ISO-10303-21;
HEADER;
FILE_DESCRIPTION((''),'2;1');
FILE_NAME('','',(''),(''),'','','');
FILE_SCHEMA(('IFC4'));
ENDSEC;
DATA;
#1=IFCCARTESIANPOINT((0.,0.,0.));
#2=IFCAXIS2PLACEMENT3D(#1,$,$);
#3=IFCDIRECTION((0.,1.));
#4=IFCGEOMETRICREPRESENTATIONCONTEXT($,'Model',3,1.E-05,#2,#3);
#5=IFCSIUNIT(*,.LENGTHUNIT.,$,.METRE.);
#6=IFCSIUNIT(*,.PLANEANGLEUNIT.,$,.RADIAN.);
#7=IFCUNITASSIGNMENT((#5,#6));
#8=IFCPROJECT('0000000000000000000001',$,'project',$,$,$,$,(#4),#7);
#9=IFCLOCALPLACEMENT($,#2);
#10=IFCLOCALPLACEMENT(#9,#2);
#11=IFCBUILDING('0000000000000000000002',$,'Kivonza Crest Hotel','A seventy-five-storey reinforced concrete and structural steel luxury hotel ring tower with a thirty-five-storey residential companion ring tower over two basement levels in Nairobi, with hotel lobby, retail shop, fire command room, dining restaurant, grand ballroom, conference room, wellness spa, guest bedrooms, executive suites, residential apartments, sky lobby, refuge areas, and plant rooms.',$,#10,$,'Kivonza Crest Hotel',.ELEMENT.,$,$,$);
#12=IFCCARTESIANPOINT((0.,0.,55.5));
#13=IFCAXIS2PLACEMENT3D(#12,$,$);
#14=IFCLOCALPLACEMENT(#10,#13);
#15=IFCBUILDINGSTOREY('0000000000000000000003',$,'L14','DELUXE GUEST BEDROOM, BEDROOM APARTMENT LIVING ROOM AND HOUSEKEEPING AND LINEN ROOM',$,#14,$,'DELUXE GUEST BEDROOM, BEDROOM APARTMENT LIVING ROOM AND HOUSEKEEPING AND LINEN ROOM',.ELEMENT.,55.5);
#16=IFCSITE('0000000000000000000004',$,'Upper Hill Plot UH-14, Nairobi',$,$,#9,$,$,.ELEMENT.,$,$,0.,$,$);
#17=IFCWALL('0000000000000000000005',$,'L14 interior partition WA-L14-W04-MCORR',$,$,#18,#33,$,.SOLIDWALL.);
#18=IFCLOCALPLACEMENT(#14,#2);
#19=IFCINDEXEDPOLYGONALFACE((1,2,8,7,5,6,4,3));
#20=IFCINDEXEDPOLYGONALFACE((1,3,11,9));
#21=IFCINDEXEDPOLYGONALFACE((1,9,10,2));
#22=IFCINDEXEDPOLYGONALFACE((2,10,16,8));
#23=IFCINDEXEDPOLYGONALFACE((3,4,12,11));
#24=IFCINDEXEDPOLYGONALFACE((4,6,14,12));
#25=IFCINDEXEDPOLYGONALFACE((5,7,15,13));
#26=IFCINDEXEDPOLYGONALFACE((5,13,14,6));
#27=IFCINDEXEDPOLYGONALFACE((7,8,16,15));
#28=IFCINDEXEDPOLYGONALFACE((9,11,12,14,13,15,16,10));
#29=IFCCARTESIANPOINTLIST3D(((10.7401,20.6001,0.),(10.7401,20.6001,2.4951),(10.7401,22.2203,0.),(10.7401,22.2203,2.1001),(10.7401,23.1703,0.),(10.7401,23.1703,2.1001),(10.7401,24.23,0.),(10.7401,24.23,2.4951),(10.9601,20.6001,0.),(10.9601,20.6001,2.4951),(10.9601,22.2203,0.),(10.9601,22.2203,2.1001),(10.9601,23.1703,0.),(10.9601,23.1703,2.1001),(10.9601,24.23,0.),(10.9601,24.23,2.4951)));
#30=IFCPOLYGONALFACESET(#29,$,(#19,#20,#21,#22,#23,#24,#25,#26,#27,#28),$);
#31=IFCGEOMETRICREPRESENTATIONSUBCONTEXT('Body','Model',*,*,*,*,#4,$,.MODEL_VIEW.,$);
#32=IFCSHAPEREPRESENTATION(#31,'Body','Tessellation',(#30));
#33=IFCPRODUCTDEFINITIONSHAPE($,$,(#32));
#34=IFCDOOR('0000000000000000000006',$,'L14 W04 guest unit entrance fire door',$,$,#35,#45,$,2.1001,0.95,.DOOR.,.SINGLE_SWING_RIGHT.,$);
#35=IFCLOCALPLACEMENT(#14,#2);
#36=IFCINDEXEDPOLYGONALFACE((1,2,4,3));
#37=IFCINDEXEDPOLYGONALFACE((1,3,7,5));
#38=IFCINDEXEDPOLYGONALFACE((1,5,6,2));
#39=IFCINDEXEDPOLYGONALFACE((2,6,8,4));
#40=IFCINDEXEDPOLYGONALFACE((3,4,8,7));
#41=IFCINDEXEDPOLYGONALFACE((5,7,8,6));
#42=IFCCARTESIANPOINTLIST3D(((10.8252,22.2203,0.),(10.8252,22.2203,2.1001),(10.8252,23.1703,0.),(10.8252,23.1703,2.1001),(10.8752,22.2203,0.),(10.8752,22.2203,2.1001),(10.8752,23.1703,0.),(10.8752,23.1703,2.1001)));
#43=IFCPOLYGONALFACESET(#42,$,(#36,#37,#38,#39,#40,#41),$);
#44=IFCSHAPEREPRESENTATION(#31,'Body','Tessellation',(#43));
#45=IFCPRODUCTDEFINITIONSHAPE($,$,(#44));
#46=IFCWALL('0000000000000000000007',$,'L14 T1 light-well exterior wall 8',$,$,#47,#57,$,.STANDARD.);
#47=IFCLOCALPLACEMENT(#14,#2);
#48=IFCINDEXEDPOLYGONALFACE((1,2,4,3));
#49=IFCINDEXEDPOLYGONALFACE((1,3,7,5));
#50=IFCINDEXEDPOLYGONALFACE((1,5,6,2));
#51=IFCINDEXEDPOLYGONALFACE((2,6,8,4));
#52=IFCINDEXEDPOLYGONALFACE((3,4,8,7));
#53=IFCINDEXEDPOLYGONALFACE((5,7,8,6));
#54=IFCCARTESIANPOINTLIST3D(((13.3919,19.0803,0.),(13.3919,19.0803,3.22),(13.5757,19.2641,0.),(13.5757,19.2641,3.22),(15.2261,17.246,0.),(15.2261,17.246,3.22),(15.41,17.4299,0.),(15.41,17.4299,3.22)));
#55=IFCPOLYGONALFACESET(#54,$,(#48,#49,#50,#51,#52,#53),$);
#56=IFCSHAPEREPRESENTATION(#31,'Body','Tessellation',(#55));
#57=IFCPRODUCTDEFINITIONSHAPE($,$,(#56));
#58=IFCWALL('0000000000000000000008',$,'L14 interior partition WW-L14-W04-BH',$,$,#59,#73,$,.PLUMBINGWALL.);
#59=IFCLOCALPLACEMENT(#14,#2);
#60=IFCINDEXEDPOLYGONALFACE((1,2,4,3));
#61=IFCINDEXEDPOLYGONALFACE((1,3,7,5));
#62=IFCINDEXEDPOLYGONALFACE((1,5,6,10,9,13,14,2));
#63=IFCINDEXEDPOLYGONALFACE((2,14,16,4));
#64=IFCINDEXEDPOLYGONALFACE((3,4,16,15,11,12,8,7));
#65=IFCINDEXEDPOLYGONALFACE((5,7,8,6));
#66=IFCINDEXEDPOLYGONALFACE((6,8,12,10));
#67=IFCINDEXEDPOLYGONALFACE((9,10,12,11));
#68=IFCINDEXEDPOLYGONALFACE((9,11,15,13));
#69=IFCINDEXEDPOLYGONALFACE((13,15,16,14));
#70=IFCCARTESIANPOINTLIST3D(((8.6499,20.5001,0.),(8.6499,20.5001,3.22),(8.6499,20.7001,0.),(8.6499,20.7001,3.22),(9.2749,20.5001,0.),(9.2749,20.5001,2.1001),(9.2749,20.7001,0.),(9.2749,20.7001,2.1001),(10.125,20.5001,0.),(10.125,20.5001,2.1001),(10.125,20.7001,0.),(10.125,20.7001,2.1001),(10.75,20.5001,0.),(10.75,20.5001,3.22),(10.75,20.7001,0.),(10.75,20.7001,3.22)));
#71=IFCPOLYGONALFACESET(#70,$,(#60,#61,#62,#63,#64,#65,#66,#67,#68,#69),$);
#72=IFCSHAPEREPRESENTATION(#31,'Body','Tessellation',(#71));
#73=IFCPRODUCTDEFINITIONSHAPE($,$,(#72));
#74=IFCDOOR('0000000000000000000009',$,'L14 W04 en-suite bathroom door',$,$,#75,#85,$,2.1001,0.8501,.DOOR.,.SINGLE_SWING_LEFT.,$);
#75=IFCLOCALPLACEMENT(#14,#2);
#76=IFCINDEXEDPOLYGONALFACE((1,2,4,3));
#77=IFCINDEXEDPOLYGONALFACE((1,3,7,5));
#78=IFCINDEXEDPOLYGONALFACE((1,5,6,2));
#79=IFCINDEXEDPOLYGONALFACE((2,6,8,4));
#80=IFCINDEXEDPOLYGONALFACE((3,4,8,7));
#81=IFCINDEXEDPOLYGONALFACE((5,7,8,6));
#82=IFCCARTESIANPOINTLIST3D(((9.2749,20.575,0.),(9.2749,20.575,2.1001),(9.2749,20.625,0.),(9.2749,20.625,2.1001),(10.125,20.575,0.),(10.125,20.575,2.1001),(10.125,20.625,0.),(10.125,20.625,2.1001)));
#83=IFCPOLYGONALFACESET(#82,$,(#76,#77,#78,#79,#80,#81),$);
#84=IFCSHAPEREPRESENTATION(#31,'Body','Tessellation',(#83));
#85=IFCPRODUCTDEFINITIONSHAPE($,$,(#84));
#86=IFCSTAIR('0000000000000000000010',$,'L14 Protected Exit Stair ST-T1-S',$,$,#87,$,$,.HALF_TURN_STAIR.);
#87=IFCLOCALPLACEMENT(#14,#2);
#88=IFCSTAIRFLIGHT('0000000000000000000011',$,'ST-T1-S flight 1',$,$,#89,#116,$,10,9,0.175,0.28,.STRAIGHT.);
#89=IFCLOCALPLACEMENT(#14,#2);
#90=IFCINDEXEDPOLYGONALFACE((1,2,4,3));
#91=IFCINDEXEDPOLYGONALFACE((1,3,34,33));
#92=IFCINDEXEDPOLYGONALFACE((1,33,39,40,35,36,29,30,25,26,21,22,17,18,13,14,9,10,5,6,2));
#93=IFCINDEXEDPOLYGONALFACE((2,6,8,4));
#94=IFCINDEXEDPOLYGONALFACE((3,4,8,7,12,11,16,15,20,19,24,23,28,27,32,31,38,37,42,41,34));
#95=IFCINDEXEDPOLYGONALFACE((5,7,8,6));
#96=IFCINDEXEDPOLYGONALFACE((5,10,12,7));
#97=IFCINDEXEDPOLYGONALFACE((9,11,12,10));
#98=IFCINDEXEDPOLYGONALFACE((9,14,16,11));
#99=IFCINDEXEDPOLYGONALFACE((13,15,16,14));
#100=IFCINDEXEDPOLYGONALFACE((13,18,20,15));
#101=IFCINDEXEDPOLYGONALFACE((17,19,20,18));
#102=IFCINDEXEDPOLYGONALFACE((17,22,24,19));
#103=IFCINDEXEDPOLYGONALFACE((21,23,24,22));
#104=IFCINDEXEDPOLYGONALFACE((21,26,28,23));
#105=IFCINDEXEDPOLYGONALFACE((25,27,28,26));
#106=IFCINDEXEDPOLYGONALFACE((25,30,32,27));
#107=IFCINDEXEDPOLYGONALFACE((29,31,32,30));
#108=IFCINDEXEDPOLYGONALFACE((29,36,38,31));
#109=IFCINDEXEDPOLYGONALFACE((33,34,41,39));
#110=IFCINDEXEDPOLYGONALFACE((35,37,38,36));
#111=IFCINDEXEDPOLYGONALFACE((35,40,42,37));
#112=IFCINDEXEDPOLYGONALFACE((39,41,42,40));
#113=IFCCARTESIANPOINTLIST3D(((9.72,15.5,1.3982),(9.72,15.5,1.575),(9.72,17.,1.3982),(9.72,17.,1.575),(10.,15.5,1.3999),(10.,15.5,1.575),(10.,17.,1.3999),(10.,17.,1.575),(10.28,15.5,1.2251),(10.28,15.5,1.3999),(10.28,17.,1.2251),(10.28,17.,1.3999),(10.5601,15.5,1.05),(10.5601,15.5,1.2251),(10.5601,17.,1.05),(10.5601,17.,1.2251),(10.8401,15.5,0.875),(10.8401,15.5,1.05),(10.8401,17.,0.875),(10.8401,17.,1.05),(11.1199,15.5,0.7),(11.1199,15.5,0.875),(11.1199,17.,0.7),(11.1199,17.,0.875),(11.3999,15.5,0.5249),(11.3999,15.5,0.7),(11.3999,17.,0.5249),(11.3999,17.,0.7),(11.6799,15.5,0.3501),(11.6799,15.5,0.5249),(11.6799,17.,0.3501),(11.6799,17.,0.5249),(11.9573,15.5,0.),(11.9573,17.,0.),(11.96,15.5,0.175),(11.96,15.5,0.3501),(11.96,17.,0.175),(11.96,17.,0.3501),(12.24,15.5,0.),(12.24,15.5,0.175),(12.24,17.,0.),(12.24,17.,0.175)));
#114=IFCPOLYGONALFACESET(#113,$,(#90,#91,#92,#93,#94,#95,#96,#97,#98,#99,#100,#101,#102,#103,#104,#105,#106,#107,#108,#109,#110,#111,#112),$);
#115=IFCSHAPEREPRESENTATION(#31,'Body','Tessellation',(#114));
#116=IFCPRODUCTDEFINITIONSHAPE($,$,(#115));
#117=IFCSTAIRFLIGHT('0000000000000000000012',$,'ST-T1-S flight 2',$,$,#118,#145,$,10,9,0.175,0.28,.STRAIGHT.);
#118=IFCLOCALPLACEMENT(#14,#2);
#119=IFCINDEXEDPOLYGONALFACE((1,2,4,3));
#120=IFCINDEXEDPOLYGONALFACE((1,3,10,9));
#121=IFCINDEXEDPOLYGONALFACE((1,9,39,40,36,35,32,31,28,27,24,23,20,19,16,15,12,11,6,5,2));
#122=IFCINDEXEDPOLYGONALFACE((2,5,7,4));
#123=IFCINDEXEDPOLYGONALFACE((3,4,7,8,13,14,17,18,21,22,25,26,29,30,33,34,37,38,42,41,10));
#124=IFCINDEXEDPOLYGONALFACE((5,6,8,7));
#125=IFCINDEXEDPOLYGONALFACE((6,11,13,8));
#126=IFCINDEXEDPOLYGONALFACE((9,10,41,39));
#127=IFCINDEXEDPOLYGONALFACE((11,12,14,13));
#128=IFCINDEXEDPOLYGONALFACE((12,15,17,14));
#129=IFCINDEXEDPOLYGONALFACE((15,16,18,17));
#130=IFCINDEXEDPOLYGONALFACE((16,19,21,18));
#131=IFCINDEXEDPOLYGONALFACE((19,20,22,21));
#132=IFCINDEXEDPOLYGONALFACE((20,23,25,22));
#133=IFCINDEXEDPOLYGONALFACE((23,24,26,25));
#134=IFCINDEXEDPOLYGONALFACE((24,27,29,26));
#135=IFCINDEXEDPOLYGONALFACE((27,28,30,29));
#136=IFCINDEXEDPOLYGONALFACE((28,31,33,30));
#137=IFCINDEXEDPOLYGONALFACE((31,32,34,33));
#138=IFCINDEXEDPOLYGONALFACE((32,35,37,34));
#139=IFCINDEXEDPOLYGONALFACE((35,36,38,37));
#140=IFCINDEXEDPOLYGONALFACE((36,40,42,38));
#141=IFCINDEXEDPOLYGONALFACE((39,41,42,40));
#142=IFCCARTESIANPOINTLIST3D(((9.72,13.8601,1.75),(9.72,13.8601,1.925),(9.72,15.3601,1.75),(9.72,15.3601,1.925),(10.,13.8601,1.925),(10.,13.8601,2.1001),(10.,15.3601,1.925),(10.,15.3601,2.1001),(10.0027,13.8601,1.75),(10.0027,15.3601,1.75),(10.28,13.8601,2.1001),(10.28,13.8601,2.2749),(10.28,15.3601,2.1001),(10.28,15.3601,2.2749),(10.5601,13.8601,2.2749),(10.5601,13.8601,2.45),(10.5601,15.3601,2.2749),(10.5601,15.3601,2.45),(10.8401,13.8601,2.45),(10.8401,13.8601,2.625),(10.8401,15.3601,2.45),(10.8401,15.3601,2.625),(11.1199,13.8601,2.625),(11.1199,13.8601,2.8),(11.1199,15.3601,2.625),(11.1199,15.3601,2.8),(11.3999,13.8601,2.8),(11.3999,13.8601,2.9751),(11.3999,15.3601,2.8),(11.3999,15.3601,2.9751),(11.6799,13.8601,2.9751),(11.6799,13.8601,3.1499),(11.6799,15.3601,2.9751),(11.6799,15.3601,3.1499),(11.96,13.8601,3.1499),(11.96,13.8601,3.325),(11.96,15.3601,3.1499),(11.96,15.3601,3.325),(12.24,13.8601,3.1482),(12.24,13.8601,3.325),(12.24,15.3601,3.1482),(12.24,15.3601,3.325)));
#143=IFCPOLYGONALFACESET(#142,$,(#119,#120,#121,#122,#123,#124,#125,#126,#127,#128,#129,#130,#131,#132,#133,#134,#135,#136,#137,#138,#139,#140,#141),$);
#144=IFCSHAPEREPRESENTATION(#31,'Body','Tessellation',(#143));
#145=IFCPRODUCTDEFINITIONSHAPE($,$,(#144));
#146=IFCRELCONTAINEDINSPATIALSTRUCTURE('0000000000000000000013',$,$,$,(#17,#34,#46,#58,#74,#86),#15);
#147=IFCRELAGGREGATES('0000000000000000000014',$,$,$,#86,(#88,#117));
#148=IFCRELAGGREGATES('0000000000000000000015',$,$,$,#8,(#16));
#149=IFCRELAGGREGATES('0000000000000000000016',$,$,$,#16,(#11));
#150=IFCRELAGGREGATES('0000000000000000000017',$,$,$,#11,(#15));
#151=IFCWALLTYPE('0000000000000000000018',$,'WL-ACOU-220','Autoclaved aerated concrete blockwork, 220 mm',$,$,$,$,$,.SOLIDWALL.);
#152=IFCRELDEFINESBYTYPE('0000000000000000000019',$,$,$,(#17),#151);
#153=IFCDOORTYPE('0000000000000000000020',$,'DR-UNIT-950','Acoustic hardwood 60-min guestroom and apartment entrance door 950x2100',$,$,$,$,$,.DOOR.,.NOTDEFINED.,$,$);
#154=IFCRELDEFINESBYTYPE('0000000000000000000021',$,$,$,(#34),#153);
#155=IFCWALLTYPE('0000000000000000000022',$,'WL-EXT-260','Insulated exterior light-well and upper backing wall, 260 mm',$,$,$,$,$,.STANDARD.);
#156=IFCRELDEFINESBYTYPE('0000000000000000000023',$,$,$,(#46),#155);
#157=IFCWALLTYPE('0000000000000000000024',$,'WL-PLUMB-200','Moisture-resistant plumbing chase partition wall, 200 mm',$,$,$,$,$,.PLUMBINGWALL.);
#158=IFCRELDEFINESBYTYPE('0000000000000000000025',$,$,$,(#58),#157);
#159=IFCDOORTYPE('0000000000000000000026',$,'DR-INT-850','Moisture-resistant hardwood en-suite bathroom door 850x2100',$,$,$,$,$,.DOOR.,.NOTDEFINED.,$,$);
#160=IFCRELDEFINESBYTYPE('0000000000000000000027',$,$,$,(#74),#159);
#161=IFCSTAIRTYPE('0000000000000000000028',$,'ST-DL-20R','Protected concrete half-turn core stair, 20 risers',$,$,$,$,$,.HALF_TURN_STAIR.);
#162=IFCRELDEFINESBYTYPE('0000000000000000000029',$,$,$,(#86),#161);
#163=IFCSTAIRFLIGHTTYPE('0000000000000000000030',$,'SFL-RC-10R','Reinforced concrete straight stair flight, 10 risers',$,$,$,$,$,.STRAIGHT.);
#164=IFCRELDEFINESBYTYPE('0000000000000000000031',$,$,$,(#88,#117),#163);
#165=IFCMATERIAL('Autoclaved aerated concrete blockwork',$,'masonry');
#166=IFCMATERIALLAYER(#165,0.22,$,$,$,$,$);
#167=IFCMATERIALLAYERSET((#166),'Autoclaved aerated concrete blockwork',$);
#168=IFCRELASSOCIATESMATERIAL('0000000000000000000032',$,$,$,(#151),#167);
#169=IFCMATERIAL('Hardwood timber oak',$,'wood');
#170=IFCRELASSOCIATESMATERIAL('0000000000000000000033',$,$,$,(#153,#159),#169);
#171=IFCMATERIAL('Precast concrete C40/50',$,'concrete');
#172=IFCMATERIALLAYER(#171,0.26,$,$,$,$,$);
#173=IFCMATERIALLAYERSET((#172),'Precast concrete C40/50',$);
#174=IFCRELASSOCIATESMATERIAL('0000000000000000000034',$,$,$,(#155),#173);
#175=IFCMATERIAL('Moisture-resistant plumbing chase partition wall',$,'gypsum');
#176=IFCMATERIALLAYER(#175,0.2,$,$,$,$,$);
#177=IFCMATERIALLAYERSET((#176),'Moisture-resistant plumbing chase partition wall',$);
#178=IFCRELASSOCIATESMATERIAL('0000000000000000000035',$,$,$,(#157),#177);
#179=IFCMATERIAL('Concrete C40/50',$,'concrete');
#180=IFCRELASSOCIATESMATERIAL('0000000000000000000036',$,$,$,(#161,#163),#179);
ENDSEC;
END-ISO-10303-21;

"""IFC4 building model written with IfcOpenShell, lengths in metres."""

from ifc_helpers import new_model, si_unit, direction, frame, frame_2d, origin, place, context, subcontext, project, spatial, polyline, rectangle, outline, extrude, material, layer, layer_set, type_object, element, fill, aggregate, save


model = new_model("IFC4")

# Units and contexts
model_context = context("Model", 3, precision=1e-05, world=origin(), true_north=direction((0.0, 1.0)))
body_context = subcontext(model_context, "Body", "Model", "MODEL_VIEW")
ifc_project = project(units=[si_unit("LENGTHUNIT", "METRE"), si_unit("PLANEANGLEUNIT", "RADIAN")], contexts=[model_context])

# Site, building, storey
site_placement = place(None, origin())
site = spatial("IfcSite", under=ifc_project, at=site_placement, Name="Upper Hill Plot UH-14, Nairobi", CompositionType="ELEMENT", RefElevation=0.0)
building_placement = place(site_placement, origin())
building = spatial("IfcBuilding", under=site, at=building_placement, Name="Kivonza Crest Hotel", Description="A seventy-five-storey reinforced concrete and structural steel luxury hotel ring tower with a thirty-five-storey residential companion ring tower over two basement levels in Nairobi, with hotel lobby, retail shop, fire command room, dining restaurant, grand ballroom, conference room, wellness spa, guest bedrooms, executive suites, residential apartments, sky lobby, refuge areas, and plant rooms.", LongName="Kivonza Crest Hotel", CompositionType="ELEMENT")
storey_placement = place(building_placement, frame((0.0, 0.0, 55.5)))
storey = spatial("IfcBuildingStorey", under=building, at=storey_placement, Name="L14", Description="DELUXE GUEST BEDROOM, BEDROOM APARTMENT LIVING ROOM AND HOUSEKEEPING AND LINEN ROOM", LongName="DELUXE GUEST BEDROOM, BEDROOM APARTMENT LIVING ROOM AND HOUSEKEEPING AND LINEN ROOM", CompositionType="ELEMENT", Elevation=55.5)

# Shared definitions
ifc_material_1 = material(Name="Autoclaved aerated concrete blockwork", Category="masonry")
ifc_layer_1 = layer(ifc_material_1, 0.22)
ifc_layer_set_1 = layer_set([ifc_layer_1], Name="Autoclaved aerated concrete blockwork")
wall_type_1 = type_object("IfcWallType", Name="WL-ACOU-220", Description="Autoclaved aerated concrete blockwork, 220 mm", PredefinedType="SOLIDWALL", material=ifc_layer_set_1)
ifc_material_2 = material(Name="Hardwood timber oak", Category="wood")

# Wall, opening, door
wall_1_placement = place(storey_placement, frame((10.8501, 20.6001, 0.0), z_axis=(0.0, 0.0, 1.0), x_axis=(0.0, 1.0, 0.0)))
wall_1 = element("IfcWall", 1, at=wall_1_placement, inside=storey, type_object=wall_type_1, Name="L14 interior partition WA-L14-W04-MCORR", PredefinedType="SOLIDWALL", context=body_context, shape_type="SweptSolid", body=[
    extrude(rectangle(XDim=3.6299, YDim=0.22, at=frame_2d((1.8149, 0.0))), origin(), (0.0, 0.0, 1.0), 2.4951),
])
opening_1_placement = place(wall_1_placement, frame((1.6201, 0.0, 0.0)))
opening_1 = element("IfcOpeningElement", 2, at=opening_1_placement, cuts=wall_1, PredefinedType="OPENING", context=body_context, shape_type="SweptSolid", body=[
    extrude(rectangle(XDim=0.95, YDim=2.1001, at=frame_2d((0.4751, 1.05))), frame((0.0, 0.1201, 0.0), z_axis=(0.0, -1.0, 0.0), x_axis=(1.0, 0.0, 0.0)), (0.0, 0.0, 1.0), 0.24),
])
door_type_1 = type_object("IfcDoorType", Name="DR-UNIT-950", Description="Acoustic hardwood 60-min guestroom and apartment entrance door 950x2100", OperationType="NOTDEFINED", PredefinedType="DOOR", material=ifc_material_2)
door_1_placement = place(opening_1_placement, origin())
door_1 = element("IfcDoor", 3, at=door_1_placement, inside=storey, type_object=door_type_1, Name="L14 W04 guest unit entrance fire door", OperationType="SINGLE_SWING_RIGHT", OverallHeight=2.1001, OverallWidth=0.95, PredefinedType="DOOR", context=body_context, shape_type="SweptSolid", body=[
    extrude(rectangle(XDim=0.95, YDim=2.1001, at=frame_2d((0.4751, 1.05))), frame((0.0, 0.0249, 0.0), z_axis=(0.0, -1.0, 0.0), x_axis=(1.0, 0.0, 0.0)), (0.0, 0.0, 1.0), 0.05),
])
fill(opening_1, door_1)

# Wall
ifc_material_3 = material(Name="Precast concrete C40/50", Category="concrete")
ifc_layer_2 = layer(ifc_material_3, 0.26)
ifc_layer_set_2 = layer_set([ifc_layer_2], Name="Precast concrete C40/50")
wall_type_2 = type_object("IfcWallType", Name="WL-EXT-260", Description="Insulated exterior light-well and upper backing wall, 260 mm", PredefinedType="STANDARD", material=ifc_layer_set_2)
wall_2_placement = place(storey_placement, frame((13.4839, 19.1721, 0.0), z_axis=(0.0, 0.0, 1.0), x_axis=(0.707107, -0.707107, 0.0)))
element("IfcWall", 4, at=wall_2_placement, inside=storey, type_object=wall_type_2, Name="L14 T1 light-well exterior wall 8", PredefinedType="STANDARD", context=body_context, shape_type="SweptSolid", body=[
    extrude(rectangle(XDim=2.594, YDim=0.26, at=frame_2d((1.2969, 0.0))), origin(), (0.0, 0.0, 1.0), 3.22),
])

# Wall, opening, door
ifc_material_4 = material(Name="Moisture-resistant plumbing chase partition wall", Category="gypsum")
ifc_layer_3 = layer(ifc_material_4, 0.2)
ifc_layer_set_3 = layer_set([ifc_layer_3], Name="Moisture-resistant plumbing chase partition wall")
wall_type_3 = type_object("IfcWallType", Name="WL-PLUMB-200", Description="Moisture-resistant plumbing chase partition wall, 200 mm", PredefinedType="PLUMBINGWALL", material=ifc_layer_set_3)
wall_3_placement = place(storey_placement, frame((8.6499, 20.6001, 0.0), z_axis=(0.0, 0.0, 1.0), x_axis=(1.0, 0.0, 0.0)))
wall_3 = element("IfcWall", 5, at=wall_3_placement, inside=storey, type_object=wall_type_3, Name="L14 interior partition WW-L14-W04-BH", PredefinedType="PLUMBINGWALL", context=body_context, shape_type="SweptSolid", body=[
    extrude(rectangle(XDim=2.1001, YDim=0.2, at=frame_2d((1.05, 0.0))), origin(), (0.0, 0.0, 1.0), 3.22),
])
opening_2_placement = place(wall_3_placement, frame((0.625, 0.0, 0.0)))
opening_2 = element("IfcOpeningElement", 6, at=opening_2_placement, cuts=wall_3, PredefinedType="OPENING", context=body_context, shape_type="SweptSolid", body=[
    extrude(rectangle(XDim=0.8501, YDim=2.1001, at=frame_2d((0.425, 1.05))), frame((0.0, 0.1099, 0.0), z_axis=(0.0, -1.0, 0.0), x_axis=(1.0, 0.0, 0.0)), (0.0, 0.0, 1.0), 0.22),
])
door_type_2 = type_object("IfcDoorType", Name="DR-INT-850", Description="Moisture-resistant hardwood en-suite bathroom door 850x2100", OperationType="NOTDEFINED", PredefinedType="DOOR", material=ifc_material_2)
door_2_placement = place(opening_2_placement, origin())
door_2 = element("IfcDoor", 7, at=door_2_placement, inside=storey, type_object=door_type_2, Name="L14 W04 en-suite bathroom door", OperationType="SINGLE_SWING_LEFT", OverallHeight=2.1001, OverallWidth=0.8501, PredefinedType="DOOR", context=body_context, shape_type="SweptSolid", body=[
    extrude(rectangle(XDim=0.8501, YDim=2.1001, at=frame_2d((0.425, 1.05))), frame((0.0, 0.0249, 0.0), z_axis=(0.0, -1.0, 0.0), x_axis=(1.0, 0.0, 0.0)), (0.0, 0.0, 1.0), 0.05),
])
fill(opening_2, door_2)

# Stair, stair flights
ifc_material_5 = material(Name="Concrete C40/50", Category="concrete")
stair_type = type_object("IfcStairType", Name="ST-DL-20R", Description="Protected concrete half-turn core stair, 20 risers", PredefinedType="HALF_TURN_STAIR", material=ifc_material_5)
stair_placement = place(storey_placement, origin())
stair = element("IfcStair", 8, at=stair_placement, inside=storey, type_object=stair_type, Name="L14 Protected Exit Stair ST-T1-S", PredefinedType="HALF_TURN_STAIR")
stair_flight_type = type_object("IfcStairFlightType", Name="SFL-RC-10R", Description="Reinforced concrete straight stair flight, 10 risers", PredefinedType="STRAIGHT", material=ifc_material_5)
stair_flight_1_placement = place(storey_placement, frame((12.24, 16.25, 0.0), z_axis=(0.0, 0.0, 1.0), x_axis=(-1.0, 0.0, 0.0)))
stair_flight_1 = element("IfcStairFlight", 9, at=stair_flight_1_placement, type_object=stair_flight_type, Name="ST-T1-S flight 1", NumberOfRisers=10, NumberOfTreads=9, PredefinedType="STRAIGHT", RiserHeight=0.175, TreadLength=0.28, context=body_context, shape_type="SweptSolid", body=[
    extrude(outline(polyline([(0.0, 0.0), (0.0, 0.175), (0.28, 0.175), (0.28, 0.3501), (0.5601, 0.3501), (0.5601, 0.5249), (0.8401, 0.5249), (0.8401, 0.7), (1.1201, 0.7), (1.1201, 0.875), (1.3999, 0.875), (1.3999, 1.05), (1.6799, 1.05), (1.6799, 1.2251), (1.96, 1.2251), (1.96, 1.3999), (2.24, 1.3999), (2.24, 1.575), (2.52, 1.575), (2.52, 1.75), (2.52, 1.3982), (0.2827, 0.0), (0.0, 0.0)])), frame((0.0, 0.75, 0.0), z_axis=(0.0, -1.0, 0.0), x_axis=(1.0, 0.0, 0.0)), (0.0, 0.0, 1.0), 1.5),
])
stair_flight_2_placement = place(storey_placement, frame((9.72, 14.6101, 1.75), z_axis=(0.0, 0.0, 1.0), x_axis=(1.0, 0.0, 0.0)))
stair_flight_2 = element("IfcStairFlight", 10, at=stair_flight_2_placement, type_object=stair_flight_type, Name="ST-T1-S flight 2", NumberOfRisers=10, NumberOfTreads=9, PredefinedType="STRAIGHT", RiserHeight=0.175, TreadLength=0.28, context=body_context, shape_type="SweptSolid", body=[
    extrude(outline(polyline([(0.0, 0.0), (0.0, 0.175), (0.28, 0.175), (0.28, 0.3501), (0.5601, 0.3501), (0.5601, 0.5249), (0.8401, 0.5249), (0.8401, 0.7), (1.1201, 0.7), (1.1201, 0.875), (1.3999, 0.875), (1.3999, 1.05), (1.6799, 1.05), (1.6799, 1.2251), (1.96, 1.2251), (1.96, 1.3999), (2.24, 1.3999), (2.24, 1.575), (2.52, 1.575), (2.52, 1.75), (2.52, 1.3982), (0.2827, 0.0), (0.0, 0.0)])), frame((0.0, 0.75, 0.0), z_axis=(0.0, -1.0, 0.0), x_axis=(1.0, 0.0, 0.0)), (0.0, 0.0, 1.0), 1.5),
])
aggregate(stair, [stair_flight_1, stair_flight_2])

save(model, "model.ifc")
